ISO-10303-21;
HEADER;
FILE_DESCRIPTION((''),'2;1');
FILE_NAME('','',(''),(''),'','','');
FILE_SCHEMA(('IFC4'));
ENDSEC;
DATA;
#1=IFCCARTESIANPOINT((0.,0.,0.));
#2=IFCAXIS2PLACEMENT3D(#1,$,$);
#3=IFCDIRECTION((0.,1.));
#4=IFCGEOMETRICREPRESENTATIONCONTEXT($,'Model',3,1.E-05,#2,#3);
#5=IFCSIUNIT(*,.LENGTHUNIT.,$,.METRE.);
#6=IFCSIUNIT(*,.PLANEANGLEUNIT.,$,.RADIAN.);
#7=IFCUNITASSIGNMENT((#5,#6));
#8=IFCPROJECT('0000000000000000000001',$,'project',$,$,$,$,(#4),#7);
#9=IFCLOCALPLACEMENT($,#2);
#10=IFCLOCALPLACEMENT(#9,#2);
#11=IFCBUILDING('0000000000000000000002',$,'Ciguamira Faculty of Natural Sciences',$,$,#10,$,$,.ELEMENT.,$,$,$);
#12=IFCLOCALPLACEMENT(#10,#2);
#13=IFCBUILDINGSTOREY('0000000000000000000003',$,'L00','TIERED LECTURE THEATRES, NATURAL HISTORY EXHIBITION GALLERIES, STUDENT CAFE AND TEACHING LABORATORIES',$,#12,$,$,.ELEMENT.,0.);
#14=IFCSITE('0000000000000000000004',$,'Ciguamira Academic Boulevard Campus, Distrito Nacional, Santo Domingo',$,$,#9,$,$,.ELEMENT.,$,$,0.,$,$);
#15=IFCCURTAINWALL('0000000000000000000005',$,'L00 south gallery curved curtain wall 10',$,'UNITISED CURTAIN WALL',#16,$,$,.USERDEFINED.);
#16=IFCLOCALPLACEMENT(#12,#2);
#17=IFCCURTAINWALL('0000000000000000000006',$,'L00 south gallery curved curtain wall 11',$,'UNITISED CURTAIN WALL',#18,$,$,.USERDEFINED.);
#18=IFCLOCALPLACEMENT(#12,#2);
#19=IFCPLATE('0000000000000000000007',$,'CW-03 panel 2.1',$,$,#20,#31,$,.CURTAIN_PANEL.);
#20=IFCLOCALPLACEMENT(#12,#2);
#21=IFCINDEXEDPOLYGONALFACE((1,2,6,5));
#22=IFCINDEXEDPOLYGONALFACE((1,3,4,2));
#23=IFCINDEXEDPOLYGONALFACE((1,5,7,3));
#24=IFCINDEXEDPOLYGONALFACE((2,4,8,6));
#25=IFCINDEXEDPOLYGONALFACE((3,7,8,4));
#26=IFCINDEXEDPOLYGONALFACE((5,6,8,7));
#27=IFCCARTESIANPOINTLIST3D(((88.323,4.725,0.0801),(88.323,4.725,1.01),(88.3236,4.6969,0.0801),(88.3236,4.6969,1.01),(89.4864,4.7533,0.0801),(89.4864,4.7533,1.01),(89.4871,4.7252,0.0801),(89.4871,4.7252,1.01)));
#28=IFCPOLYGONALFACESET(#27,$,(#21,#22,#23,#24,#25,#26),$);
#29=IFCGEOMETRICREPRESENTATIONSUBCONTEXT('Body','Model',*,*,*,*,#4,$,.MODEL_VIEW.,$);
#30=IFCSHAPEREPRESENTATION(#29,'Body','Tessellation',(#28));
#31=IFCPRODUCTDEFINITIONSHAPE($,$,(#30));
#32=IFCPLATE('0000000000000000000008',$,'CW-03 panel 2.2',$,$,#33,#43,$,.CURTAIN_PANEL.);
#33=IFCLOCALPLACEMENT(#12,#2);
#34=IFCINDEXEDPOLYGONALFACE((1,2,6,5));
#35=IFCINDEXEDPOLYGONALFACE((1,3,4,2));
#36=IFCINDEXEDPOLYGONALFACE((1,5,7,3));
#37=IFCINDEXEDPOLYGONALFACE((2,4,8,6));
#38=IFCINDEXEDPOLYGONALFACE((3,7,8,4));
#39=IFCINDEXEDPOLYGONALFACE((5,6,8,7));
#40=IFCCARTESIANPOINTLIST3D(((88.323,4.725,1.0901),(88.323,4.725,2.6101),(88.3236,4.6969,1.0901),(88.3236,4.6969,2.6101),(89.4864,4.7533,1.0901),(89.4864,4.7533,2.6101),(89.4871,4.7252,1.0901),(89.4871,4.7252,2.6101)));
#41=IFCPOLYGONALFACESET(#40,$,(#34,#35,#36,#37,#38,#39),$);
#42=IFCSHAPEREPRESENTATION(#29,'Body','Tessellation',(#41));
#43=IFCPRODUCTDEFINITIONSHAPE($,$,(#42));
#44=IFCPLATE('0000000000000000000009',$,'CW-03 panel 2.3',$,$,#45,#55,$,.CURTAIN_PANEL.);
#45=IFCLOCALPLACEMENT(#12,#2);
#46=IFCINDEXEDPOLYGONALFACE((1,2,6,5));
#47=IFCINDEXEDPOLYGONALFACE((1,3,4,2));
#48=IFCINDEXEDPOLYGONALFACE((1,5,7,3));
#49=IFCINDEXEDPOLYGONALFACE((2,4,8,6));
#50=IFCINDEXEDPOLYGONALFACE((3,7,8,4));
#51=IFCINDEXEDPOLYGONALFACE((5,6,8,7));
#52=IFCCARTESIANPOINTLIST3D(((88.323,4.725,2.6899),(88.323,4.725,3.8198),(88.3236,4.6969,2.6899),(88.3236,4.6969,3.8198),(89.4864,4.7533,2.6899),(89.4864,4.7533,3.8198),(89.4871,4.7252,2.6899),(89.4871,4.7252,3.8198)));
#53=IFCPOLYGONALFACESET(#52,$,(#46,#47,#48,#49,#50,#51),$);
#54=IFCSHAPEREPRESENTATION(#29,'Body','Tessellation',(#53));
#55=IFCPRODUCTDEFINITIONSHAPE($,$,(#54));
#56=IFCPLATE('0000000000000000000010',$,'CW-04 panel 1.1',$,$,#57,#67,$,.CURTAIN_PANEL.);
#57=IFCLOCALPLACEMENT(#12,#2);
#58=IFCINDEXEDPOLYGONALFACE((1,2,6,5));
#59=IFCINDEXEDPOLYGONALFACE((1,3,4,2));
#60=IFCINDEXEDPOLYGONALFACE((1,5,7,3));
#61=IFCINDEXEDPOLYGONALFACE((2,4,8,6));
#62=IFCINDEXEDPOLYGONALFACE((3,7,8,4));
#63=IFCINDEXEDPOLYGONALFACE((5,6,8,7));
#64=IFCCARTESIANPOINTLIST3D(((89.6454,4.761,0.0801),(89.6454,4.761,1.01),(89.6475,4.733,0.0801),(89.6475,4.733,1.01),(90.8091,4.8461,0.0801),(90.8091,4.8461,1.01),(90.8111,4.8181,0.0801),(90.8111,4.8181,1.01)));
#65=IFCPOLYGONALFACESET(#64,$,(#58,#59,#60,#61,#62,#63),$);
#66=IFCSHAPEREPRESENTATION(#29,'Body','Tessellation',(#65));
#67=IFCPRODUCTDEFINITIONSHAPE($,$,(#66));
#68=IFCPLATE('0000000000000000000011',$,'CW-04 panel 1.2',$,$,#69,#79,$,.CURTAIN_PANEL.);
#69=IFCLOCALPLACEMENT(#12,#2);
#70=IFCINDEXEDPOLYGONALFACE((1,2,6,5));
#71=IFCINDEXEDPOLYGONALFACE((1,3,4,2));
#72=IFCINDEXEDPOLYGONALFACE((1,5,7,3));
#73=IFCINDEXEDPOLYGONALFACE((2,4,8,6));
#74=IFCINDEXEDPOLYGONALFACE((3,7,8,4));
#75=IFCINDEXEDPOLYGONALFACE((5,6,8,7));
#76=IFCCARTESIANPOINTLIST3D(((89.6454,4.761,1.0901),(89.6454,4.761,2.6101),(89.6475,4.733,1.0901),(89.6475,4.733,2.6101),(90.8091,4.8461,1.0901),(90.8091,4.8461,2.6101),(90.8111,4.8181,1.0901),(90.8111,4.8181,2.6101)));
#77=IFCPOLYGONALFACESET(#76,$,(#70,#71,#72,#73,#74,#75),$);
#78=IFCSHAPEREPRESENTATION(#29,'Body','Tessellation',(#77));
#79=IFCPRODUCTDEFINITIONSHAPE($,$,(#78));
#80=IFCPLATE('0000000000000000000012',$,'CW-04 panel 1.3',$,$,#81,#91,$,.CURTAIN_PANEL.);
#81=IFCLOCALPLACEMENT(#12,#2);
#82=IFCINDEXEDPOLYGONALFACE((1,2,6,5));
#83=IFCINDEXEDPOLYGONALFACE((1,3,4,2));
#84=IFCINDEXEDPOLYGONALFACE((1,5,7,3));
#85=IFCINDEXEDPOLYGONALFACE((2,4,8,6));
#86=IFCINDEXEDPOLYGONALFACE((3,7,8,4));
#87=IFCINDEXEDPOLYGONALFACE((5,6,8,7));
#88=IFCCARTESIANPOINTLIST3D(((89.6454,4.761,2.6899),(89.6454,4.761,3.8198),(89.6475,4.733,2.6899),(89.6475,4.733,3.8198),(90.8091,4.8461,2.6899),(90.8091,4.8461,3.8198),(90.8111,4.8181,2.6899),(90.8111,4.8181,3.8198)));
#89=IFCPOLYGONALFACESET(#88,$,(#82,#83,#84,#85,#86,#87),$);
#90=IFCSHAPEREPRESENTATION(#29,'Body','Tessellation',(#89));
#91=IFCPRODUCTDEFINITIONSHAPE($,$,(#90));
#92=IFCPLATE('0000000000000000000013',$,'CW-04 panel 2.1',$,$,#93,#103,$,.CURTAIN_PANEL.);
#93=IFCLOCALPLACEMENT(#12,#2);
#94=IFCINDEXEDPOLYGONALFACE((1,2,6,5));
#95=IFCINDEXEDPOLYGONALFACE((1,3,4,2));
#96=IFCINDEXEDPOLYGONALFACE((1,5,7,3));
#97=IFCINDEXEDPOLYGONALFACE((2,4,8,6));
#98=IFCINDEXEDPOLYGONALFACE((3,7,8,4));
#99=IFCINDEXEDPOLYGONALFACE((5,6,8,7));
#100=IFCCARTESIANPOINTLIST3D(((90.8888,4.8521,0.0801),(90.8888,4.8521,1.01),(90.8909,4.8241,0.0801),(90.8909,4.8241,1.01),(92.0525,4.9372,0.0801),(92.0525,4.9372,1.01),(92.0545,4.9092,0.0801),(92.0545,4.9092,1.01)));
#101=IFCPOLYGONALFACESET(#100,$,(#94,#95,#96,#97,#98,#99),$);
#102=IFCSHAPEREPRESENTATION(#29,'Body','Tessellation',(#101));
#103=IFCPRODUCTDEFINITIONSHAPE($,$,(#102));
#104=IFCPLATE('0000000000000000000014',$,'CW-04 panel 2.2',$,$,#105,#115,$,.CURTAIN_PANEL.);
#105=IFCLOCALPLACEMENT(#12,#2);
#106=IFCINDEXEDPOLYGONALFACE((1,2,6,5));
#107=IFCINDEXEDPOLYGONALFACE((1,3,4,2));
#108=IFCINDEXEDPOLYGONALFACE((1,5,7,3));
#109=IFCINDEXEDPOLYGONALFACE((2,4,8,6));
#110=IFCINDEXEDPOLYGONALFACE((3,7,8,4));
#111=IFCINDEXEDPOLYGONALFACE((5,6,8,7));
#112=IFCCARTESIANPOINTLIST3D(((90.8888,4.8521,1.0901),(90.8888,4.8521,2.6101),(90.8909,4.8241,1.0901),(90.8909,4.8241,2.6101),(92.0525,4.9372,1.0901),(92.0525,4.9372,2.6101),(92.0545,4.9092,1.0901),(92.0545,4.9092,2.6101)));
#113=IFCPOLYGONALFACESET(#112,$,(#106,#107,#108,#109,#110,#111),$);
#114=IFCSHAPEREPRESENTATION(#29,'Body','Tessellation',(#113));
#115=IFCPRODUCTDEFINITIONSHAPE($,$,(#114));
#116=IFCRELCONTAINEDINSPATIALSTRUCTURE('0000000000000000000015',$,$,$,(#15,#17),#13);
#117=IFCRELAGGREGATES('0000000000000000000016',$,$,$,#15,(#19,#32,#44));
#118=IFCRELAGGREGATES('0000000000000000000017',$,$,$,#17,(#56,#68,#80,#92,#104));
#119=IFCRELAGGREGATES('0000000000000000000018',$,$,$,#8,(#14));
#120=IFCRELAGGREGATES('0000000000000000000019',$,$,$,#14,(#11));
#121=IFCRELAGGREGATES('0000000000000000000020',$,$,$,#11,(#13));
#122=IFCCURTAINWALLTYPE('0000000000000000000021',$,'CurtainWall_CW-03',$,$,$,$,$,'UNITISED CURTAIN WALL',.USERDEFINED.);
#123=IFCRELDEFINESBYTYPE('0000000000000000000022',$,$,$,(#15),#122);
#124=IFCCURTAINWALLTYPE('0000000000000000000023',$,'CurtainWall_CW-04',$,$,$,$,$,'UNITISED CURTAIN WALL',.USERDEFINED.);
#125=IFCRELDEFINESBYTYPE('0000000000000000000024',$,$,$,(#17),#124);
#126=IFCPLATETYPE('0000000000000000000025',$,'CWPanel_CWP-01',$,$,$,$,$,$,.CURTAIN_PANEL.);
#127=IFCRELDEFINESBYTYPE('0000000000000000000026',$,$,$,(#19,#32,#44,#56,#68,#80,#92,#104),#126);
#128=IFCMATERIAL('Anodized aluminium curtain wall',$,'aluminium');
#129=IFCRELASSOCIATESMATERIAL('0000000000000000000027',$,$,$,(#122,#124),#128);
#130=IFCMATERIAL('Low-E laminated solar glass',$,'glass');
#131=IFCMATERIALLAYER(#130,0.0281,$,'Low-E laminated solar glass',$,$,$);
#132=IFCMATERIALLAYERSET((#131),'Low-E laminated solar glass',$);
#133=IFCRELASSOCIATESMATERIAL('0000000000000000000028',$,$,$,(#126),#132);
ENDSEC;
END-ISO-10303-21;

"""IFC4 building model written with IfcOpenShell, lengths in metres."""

from ifc_helpers import new_model, si_unit, direction, frame, origin, origin_2d, place, context, subcontext, project, spatial, rectangle, extrude, material, layer, layer_set, type_object, element, aggregate, save


model = new_model("IFC4")

# Units and contexts
model_context = context("Model", 3, precision=1e-05, world=origin(), true_north=direction((0.0, 1.0)))
body_context = subcontext(model_context, "Body", "Model", "MODEL_VIEW")
ifc_project = project(units=[si_unit("LENGTHUNIT", "METRE"), si_unit("PLANEANGLEUNIT", "RADIAN")], contexts=[model_context])

# Site, building, storey
site_placement = place(None, origin())
site = spatial("IfcSite", under=ifc_project, at=site_placement, Name="Ciguamira Academic Boulevard Campus, Distrito Nacional, Santo Domingo", CompositionType="ELEMENT", RefElevation=0.0)
building_placement = place(site_placement, origin())
building = spatial("IfcBuilding", under=site, at=building_placement, Name="Ciguamira Faculty of Natural Sciences", CompositionType="ELEMENT")
storey_placement = place(building_placement, origin())
storey = spatial("IfcBuildingStorey", under=building, at=storey_placement, Name="L00", Description="TIERED LECTURE THEATRES, NATURAL HISTORY EXHIBITION GALLERIES, STUDENT CAFE AND TEACHING LABORATORIES", CompositionType="ELEMENT", Elevation=0.0)

# Curtain wall
ifc_material_1 = material(Name="Anodized aluminium curtain wall", Category="aluminium")
curtain_wall_type_1 = type_object("IfcCurtainWallType", Name="CurtainWall_CW-03", ElementType="UNITISED CURTAIN WALL", PredefinedType="USERDEFINED", material=ifc_material_1)
curtain_wall_1_placement = place(storey_placement, origin())
curtain_wall_1 = element("IfcCurtainWall", 1, at=curtain_wall_1_placement, inside=storey, type_object=curtain_wall_type_1, Name="L00 south gallery curved curtain wall 10", ObjectType="UNITISED CURTAIN WALL", PredefinedType="USERDEFINED")

# Curtain wall
curtain_wall_type_2 = type_object("IfcCurtainWallType", Name="CurtainWall_CW-04", ElementType="UNITISED CURTAIN WALL", PredefinedType="USERDEFINED", material=ifc_material_1)
curtain_wall_2_placement = place(storey_placement, origin())
curtain_wall_2 = element("IfcCurtainWall", 2, at=curtain_wall_2_placement, inside=storey, type_object=curtain_wall_type_2, Name="L00 south gallery curved curtain wall 11", ObjectType="UNITISED CURTAIN WALL", PredefinedType="USERDEFINED")

# Plates
ifc_material_2 = material(Name="Low-E laminated solar glass", Category="glass")
ifc_layer = layer(ifc_material_2, 0.0281, Name="Low-E laminated solar glass")
ifc_layer_set = layer_set([ifc_layer], Name="Low-E laminated solar glass")
plate_type = type_object("IfcPlateType", Name="CWPanel_CWP-01", PredefinedType="CURTAIN_PANEL", material=ifc_layer_set)
plate_1_placement = place(storey_placement, frame((88.905, 4.7251, 0.0801), z_axis=(0.0, 0.0, 1.0), x_axis=(0.999704, 0.024343, 0.0)))
plate_1 = element("IfcPlate", 3, at=plate_1_placement, type_object=plate_type, Name="CW-03 panel 2.1", PredefinedType="CURTAIN_PANEL", context=body_context, shape_type="SweptSolid", body=[
    extrude(rectangle(XDim=1.1638, YDim=0.0281, at=origin_2d()), origin(), (0.0, 0.0, 1.0), 0.9299),
])
plate_2_placement = place(storey_placement, frame((88.905, 4.7251, 1.0901), z_axis=(0.0, 0.0, 1.0), x_axis=(0.999704, 0.024343, 0.0)))
plate_2 = element("IfcPlate", 4, at=plate_2_placement, type_object=plate_type, Name="CW-03 panel 2.2", PredefinedType="CURTAIN_PANEL", context=body_context, shape_type="SweptSolid", body=[
    extrude(rectangle(XDim=1.1638, YDim=0.0281, at=origin_2d()), origin(), (0.0, 0.0, 1.0), 1.52),
])
plate_3_placement = place(storey_placement, frame((88.905, 4.7251, 2.6899), z_axis=(0.0, 0.0, 1.0), x_axis=(0.999704, 0.024343, 0.0)))
plate_3 = element("IfcPlate", 5, at=plate_3_placement, type_object=plate_type, Name="CW-03 panel 2.3", PredefinedType="CURTAIN_PANEL", context=body_context, shape_type="SweptSolid", body=[
    extrude(rectangle(XDim=1.1638, YDim=0.0281, at=origin_2d()), origin(), (0.0, 0.0, 1.0), 1.1299),
])
aggregate(curtain_wall_1, [plate_1, plate_2, plate_3])
plate_4_placement = place(storey_placement, frame((90.2283, 4.7896, 0.0801), z_axis=(0.0, 0.0, 1.0), x_axis=(0.997337, 0.072937, 0.0)))
plate_4 = element("IfcPlate", 6, at=plate_4_placement, type_object=plate_type, Name="CW-04 panel 1.1", PredefinedType="CURTAIN_PANEL", context=body_context, shape_type="SweptSolid", body=[
    extrude(rectangle(XDim=1.1667, YDim=0.0281, at=origin_2d()), origin(), (0.0, 0.0, 1.0), 0.9299),
])
plate_5_placement = place(storey_placement, frame((90.2283, 4.7896, 1.0901), z_axis=(0.0, 0.0, 1.0), x_axis=(0.997337, 0.072937, 0.0)))
plate_5 = element("IfcPlate", 7, at=plate_5_placement, type_object=plate_type, Name="CW-04 panel 1.2", PredefinedType="CURTAIN_PANEL", context=body_context, shape_type="SweptSolid", body=[
    extrude(rectangle(XDim=1.1667, YDim=0.0281, at=origin_2d()), origin(), (0.0, 0.0, 1.0), 1.52),
])
plate_6_placement = place(storey_placement, frame((90.2283, 4.7896, 2.6899), z_axis=(0.0, 0.0, 1.0), x_axis=(0.997337, 0.072937, 0.0)))
plate_6 = element("IfcPlate", 8, at=plate_6_placement, type_object=plate_type, Name="CW-04 panel 1.3", PredefinedType="CURTAIN_PANEL", context=body_context, shape_type="SweptSolid", body=[
    extrude(rectangle(XDim=1.1667, YDim=0.0281, at=origin_2d()), origin(), (0.0, 0.0, 1.0), 1.1299),
])
plate_7_placement = place(storey_placement, frame((91.4717, 4.8806, 0.0801), z_axis=(0.0, 0.0, 1.0), x_axis=(0.997337, 0.072937, 0.0)))
plate_7 = element("IfcPlate", 9, at=plate_7_placement, type_object=plate_type, Name="CW-04 panel 2.1", PredefinedType="CURTAIN_PANEL", context=body_context, shape_type="SweptSolid", body=[
    extrude(rectangle(XDim=1.1667, YDim=0.0281, at=origin_2d()), origin(), (0.0, 0.0, 1.0), 0.9299),
])
plate_8_placement = place(storey_placement, frame((91.4717, 4.8806, 1.0901), z_axis=(0.0, 0.0, 1.0), x_axis=(0.997337, 0.072937, 0.0)))
plate_8 = element("IfcPlate", 10, at=plate_8_placement, type_object=plate_type, Name="CW-04 panel 2.2", PredefinedType="CURTAIN_PANEL", context=body_context, shape_type="SweptSolid", body=[
    extrude(rectangle(XDim=1.1667, YDim=0.0281, at=origin_2d()), origin(), (0.0, 0.0, 1.0), 1.52),
])
aggregate(curtain_wall_2, [plate_4, plate_5, plate_6, plate_7, plate_8])

save(model, "model.ifc")
